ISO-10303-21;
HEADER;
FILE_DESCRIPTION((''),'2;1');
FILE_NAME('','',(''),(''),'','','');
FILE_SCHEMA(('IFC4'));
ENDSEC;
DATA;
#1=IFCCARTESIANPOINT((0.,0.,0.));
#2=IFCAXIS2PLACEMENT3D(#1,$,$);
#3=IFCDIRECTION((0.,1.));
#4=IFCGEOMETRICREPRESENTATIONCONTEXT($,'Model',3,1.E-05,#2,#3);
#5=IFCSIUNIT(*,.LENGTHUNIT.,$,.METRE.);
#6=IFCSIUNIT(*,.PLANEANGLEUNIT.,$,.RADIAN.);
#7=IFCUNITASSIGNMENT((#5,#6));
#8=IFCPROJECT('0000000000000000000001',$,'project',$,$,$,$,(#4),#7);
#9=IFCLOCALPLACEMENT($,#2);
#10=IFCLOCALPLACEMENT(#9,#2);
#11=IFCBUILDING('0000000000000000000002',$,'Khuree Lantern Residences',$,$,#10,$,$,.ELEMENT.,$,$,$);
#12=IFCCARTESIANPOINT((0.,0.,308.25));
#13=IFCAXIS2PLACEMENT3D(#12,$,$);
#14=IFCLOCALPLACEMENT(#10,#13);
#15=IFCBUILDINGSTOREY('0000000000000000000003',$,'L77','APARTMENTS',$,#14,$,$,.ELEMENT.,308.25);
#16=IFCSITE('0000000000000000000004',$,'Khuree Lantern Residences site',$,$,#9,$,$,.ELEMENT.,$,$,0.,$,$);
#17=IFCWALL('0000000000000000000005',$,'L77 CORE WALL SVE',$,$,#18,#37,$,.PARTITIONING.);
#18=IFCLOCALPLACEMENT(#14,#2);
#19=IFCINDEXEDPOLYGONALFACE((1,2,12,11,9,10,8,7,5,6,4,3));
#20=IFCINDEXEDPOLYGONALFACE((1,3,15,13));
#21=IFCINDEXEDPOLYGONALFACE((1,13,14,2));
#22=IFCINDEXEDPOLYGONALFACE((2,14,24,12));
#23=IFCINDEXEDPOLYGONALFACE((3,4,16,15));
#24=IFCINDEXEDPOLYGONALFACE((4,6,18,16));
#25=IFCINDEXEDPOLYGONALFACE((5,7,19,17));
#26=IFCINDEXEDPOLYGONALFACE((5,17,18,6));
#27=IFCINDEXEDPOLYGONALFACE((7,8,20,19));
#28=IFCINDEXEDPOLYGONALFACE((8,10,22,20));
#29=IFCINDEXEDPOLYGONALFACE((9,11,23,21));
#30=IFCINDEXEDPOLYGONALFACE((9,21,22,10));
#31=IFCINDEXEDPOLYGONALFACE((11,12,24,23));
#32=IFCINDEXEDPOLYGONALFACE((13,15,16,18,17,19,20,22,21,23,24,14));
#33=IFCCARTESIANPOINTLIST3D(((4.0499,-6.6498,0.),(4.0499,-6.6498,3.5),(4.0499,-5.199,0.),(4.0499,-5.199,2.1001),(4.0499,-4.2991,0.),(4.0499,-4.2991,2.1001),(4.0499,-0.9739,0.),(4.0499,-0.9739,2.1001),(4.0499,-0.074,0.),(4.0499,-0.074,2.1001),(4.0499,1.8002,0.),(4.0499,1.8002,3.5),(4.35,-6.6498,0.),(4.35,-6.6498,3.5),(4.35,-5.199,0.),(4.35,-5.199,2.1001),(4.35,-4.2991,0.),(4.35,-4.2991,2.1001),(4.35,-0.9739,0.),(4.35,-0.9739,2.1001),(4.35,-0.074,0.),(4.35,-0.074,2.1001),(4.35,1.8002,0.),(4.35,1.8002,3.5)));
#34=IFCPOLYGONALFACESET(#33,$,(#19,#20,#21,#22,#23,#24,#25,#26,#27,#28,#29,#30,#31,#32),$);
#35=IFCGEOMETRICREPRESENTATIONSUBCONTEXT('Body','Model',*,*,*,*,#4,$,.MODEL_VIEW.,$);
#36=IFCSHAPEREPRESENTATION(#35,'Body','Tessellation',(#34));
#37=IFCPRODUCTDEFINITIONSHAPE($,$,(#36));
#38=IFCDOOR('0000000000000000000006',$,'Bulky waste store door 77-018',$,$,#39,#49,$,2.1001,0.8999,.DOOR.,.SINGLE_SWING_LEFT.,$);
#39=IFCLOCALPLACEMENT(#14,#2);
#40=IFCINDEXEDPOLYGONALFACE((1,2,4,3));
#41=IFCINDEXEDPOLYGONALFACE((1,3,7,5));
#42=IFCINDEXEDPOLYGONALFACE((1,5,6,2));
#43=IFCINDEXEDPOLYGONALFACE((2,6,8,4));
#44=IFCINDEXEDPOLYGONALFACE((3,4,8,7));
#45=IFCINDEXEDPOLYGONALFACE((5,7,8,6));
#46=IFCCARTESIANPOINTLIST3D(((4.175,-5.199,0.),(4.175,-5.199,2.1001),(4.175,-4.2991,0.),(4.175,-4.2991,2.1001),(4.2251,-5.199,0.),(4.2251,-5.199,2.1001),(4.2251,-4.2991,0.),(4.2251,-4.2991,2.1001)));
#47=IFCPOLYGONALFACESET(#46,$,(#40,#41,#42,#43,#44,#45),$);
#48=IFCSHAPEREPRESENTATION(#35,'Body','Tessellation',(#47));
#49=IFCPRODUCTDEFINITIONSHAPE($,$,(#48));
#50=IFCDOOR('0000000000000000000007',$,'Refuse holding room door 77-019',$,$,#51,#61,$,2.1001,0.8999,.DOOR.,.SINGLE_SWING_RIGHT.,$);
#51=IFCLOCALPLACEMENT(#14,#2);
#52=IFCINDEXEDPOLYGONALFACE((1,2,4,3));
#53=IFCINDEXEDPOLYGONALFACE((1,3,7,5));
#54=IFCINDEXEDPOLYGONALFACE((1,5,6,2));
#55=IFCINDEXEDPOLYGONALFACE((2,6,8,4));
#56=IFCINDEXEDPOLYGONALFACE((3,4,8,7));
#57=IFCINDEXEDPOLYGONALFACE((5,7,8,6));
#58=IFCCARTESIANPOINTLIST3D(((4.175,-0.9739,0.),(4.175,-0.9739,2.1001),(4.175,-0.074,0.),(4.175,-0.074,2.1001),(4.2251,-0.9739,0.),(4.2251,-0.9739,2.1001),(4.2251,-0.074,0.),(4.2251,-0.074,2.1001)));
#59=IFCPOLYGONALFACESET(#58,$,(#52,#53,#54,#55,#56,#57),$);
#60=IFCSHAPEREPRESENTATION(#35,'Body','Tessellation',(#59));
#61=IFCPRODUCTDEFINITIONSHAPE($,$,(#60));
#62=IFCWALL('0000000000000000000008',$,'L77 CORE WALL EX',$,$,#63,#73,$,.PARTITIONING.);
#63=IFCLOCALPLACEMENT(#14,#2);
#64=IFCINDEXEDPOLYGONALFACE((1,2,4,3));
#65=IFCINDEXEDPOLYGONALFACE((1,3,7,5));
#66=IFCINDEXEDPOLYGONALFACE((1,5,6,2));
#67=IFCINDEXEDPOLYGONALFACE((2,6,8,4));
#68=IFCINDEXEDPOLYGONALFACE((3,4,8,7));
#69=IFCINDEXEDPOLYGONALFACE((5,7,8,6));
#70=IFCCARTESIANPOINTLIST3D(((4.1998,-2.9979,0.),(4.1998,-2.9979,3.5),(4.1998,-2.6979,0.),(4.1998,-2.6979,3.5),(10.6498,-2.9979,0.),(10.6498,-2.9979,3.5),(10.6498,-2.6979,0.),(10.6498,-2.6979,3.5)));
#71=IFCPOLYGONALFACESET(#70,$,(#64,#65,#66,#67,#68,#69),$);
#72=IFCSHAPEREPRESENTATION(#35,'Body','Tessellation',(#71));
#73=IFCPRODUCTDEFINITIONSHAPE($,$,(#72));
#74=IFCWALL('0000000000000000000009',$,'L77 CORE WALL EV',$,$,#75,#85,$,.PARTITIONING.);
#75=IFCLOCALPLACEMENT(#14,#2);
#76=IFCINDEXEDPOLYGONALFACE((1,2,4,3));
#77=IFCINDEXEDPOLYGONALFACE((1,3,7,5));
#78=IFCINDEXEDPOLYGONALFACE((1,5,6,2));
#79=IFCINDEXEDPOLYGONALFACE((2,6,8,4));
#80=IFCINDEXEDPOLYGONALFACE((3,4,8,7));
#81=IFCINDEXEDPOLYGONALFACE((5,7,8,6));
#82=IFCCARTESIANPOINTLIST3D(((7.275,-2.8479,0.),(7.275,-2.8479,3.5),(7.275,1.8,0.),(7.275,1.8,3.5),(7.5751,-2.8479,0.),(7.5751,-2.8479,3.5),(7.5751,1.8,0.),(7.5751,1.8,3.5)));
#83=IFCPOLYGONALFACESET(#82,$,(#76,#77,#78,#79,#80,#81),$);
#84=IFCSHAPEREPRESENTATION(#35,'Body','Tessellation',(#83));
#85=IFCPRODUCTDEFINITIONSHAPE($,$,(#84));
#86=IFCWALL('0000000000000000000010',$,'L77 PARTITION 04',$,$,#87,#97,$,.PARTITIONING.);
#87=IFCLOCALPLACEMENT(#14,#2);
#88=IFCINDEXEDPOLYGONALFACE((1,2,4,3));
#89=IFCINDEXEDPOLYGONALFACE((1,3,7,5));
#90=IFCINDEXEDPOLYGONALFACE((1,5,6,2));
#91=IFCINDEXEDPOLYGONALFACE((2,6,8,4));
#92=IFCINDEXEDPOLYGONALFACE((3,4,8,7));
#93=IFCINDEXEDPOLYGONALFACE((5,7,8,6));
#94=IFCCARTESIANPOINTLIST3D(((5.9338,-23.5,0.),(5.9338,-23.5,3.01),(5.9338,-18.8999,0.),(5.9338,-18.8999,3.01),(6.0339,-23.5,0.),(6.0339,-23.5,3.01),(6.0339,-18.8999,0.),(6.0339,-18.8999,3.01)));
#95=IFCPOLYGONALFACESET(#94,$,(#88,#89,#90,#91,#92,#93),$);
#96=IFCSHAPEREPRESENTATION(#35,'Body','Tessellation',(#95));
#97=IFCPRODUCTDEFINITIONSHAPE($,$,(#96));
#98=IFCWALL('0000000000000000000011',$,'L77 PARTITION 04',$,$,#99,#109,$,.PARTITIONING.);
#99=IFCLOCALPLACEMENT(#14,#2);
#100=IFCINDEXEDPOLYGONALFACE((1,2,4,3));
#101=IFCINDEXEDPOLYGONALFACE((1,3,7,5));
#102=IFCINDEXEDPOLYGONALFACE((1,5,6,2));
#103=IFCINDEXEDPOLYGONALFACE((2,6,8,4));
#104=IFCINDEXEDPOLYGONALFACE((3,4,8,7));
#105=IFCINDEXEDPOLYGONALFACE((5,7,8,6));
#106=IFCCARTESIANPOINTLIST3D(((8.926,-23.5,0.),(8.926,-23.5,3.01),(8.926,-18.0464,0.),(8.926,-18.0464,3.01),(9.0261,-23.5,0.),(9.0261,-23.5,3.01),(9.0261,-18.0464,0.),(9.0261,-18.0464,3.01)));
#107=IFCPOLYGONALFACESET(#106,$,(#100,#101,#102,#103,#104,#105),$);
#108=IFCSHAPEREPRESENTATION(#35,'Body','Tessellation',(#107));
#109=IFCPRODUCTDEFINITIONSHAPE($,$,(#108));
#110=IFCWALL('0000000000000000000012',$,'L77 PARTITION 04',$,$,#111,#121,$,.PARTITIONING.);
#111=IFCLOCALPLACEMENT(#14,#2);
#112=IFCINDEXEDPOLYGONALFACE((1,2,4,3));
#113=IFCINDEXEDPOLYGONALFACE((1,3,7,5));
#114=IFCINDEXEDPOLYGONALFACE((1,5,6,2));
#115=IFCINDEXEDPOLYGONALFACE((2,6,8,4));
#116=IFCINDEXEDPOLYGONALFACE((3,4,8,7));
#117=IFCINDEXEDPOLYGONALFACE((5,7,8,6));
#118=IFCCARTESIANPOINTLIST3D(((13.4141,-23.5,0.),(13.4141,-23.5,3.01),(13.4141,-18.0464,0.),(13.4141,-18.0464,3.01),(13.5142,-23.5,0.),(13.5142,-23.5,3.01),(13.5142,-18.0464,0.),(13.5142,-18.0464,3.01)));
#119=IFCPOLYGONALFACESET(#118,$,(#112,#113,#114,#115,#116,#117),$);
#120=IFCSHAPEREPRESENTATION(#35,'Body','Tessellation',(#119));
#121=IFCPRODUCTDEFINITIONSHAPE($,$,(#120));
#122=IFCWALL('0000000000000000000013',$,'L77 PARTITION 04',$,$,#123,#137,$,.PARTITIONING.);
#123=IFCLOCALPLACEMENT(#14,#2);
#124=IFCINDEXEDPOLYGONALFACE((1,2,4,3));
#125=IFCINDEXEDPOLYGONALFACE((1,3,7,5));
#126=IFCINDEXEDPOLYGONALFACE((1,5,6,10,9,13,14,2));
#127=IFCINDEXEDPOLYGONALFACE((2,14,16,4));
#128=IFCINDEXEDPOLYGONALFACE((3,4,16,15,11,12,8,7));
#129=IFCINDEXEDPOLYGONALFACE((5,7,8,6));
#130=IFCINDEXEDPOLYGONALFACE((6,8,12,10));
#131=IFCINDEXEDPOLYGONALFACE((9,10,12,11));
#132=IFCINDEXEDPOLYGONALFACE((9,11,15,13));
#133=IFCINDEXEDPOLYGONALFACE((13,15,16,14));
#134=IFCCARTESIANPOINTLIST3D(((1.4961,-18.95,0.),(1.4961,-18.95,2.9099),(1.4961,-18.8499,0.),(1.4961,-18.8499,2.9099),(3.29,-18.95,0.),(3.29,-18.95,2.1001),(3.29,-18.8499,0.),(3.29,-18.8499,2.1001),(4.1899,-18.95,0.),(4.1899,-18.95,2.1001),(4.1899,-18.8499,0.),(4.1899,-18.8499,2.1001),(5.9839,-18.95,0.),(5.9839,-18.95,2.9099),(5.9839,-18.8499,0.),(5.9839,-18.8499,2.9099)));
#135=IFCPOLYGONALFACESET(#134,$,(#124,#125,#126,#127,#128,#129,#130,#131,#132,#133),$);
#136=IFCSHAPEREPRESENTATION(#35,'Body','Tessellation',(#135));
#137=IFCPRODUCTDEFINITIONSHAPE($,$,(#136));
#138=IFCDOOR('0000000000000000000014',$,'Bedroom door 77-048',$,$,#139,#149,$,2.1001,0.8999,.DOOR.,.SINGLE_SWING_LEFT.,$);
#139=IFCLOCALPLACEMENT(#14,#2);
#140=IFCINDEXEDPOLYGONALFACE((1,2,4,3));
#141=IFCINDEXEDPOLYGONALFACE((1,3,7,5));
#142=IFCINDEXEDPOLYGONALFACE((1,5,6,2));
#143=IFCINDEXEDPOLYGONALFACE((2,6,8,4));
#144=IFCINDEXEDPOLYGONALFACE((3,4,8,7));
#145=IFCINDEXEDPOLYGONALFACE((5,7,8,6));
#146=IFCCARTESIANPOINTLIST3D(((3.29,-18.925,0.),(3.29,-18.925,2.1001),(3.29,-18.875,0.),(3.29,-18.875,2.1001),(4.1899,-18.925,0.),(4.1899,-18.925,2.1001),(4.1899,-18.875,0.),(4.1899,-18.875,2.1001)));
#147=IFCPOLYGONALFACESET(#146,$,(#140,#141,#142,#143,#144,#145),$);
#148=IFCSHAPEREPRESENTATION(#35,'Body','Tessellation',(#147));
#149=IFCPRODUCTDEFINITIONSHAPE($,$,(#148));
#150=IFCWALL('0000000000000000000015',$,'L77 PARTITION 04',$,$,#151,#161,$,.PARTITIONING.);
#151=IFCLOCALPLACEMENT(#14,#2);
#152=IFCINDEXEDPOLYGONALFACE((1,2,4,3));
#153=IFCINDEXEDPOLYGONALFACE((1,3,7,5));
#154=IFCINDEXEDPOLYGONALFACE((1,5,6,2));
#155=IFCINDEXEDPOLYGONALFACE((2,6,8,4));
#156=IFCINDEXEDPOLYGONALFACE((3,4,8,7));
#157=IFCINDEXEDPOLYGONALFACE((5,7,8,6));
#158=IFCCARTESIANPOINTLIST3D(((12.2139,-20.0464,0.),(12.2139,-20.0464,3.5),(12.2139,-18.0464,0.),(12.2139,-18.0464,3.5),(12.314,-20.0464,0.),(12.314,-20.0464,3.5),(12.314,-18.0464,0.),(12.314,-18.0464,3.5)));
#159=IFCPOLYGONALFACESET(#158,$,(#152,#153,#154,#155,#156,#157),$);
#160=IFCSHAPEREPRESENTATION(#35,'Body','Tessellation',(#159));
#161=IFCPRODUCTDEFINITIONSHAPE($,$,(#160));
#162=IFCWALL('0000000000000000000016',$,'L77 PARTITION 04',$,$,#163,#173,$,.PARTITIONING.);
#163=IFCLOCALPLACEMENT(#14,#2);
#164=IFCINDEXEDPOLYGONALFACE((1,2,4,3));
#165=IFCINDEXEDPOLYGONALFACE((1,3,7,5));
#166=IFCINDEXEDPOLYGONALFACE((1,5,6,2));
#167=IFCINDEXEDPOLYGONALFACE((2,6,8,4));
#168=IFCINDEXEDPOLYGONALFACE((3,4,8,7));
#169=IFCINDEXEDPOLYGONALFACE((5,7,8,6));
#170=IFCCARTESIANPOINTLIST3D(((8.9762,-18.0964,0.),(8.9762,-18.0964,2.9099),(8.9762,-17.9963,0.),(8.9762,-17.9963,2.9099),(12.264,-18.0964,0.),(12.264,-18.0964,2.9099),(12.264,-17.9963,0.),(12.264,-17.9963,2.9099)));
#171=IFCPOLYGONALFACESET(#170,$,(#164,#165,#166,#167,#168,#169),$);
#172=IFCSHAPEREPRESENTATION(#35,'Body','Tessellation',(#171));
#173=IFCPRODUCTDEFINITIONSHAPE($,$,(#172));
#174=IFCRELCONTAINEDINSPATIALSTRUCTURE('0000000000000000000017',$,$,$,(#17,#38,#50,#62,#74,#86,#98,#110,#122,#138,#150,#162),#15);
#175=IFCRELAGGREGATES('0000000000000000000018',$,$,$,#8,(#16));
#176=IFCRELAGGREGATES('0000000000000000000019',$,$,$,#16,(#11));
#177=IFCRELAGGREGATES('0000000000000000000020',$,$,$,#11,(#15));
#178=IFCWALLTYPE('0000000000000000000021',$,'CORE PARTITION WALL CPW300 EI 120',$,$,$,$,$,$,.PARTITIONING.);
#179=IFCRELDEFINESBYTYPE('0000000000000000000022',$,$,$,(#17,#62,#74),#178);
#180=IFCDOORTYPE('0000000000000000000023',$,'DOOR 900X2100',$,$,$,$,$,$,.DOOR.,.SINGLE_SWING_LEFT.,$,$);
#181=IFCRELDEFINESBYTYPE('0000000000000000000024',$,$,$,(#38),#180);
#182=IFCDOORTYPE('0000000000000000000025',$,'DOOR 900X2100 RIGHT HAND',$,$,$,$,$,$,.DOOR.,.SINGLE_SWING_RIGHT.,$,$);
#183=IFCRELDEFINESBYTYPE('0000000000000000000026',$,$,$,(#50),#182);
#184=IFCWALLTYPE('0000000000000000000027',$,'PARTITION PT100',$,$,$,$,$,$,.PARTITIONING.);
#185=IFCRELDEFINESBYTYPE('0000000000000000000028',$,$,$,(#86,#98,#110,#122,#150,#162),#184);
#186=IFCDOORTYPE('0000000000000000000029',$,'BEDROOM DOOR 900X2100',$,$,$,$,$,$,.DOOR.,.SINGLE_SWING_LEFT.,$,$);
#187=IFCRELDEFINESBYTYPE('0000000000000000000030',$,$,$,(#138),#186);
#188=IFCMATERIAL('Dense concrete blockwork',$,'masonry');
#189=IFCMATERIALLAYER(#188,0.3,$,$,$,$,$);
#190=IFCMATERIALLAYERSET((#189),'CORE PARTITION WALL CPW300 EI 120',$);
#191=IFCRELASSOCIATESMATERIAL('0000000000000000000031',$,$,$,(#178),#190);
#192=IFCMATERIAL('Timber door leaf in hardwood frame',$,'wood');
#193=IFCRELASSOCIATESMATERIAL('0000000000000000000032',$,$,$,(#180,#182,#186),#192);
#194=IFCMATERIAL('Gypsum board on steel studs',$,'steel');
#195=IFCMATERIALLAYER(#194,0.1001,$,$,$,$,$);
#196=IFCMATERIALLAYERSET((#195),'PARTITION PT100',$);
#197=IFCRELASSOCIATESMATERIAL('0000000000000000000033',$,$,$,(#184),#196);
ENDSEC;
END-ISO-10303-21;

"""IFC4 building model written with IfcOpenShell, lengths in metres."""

from ifc_helpers import new_model, si_unit, direction, frame, frame_2d, origin, place, context, subcontext, project, spatial, rectangle, extrude, material, layer, layer_set, type_object, element, fill, save


model = new_model("IFC4")

# Units and contexts
model_context = context("Model", 3, precision=1e-05, world=origin(), true_north=direction((0.0, 1.0)))
body_context = subcontext(model_context, "Body", "Model", "MODEL_VIEW")
ifc_project = project(units=[si_unit("LENGTHUNIT", "METRE"), si_unit("PLANEANGLEUNIT", "RADIAN")], contexts=[model_context])

# Site, building, storey
site_placement = place(None, origin())
site = spatial("IfcSite", under=ifc_project, at=site_placement, Name="Khuree Lantern Residences site", CompositionType="ELEMENT", RefElevation=0.0)
building_placement = place(site_placement, origin())
building = spatial("IfcBuilding", under=site, at=building_placement, Name="Khuree Lantern Residences", CompositionType="ELEMENT")
storey_placement = place(building_placement, frame((0.0, 0.0, 308.25)))
storey = spatial("IfcBuildingStorey", under=building, at=storey_placement, Name="L77", Description="APARTMENTS", CompositionType="ELEMENT", Elevation=308.25)

# Shared definitions
ifc_material_1 = material(Name="Dense concrete blockwork", Category="masonry")
ifc_layer_1 = layer(ifc_material_1, 0.3)
ifc_layer_set_1 = layer_set([ifc_layer_1], Name="CORE PARTITION WALL CPW300 EI 120")
wall_type_1 = type_object("IfcWallType", Name="CORE PARTITION WALL CPW300 EI 120", PredefinedType="PARTITIONING", material=ifc_layer_set_1)

# Wall, openings, doors
wall_1_placement = place(storey_placement, frame((4.2, -6.6499, 0.0), z_axis=(0.0, 0.0, 1.0), x_axis=(0.0, 1.0, 0.0)))
wall_1 = element("IfcWall", 1, at=wall_1_placement, inside=storey, type_object=wall_type_1, Name="L77 CORE WALL SVE", PredefinedType="PARTITIONING", context=body_context, shape_type="SweptSolid", body=[
    extrude(rectangle(XDim=8.45, YDim=0.3, at=frame_2d((4.2251, 0.0))), origin(), (0.0, 0.0, 1.0), 3.5),
])
opening_1_placement = place(wall_1_placement, frame((1.4509, 0.0, 0.0)))
opening_1 = element("IfcOpeningElement", 2, at=opening_1_placement, cuts=wall_1, PredefinedType="OPENING", context=body_context, shape_type="SweptSolid", body=[
    extrude(rectangle(XDim=0.8999, YDim=2.1001, at=frame_2d((0.45, 1.05))), frame((0.0, 0.1602, 0.0), z_axis=(0.0, -1.0, 0.0), x_axis=(1.0, 0.0, 0.0)), (0.0, 0.0, 1.0), 0.3201),
])
opening_2_placement = place(wall_1_placement, frame((5.676, 0.0, 0.0)))
opening_2 = element("IfcOpeningElement", 3, at=opening_2_placement, cuts=wall_1, PredefinedType="OPENING", context=body_context, shape_type="SweptSolid", body=[
    extrude(rectangle(XDim=0.8999, YDim=2.1001, at=frame_2d((0.45, 1.05))), frame((0.0, 0.1602, 0.0), z_axis=(0.0, -1.0, 0.0), x_axis=(1.0, 0.0, 0.0)), (0.0, 0.0, 1.0), 0.3201),
])
ifc_material_2 = material(Name="Timber door leaf in hardwood frame", Category="wood")
door_type_1 = type_object("IfcDoorType", Name="DOOR 900X2100", OperationType="SINGLE_SWING_LEFT", PredefinedType="DOOR", material=ifc_material_2)
door_1_placement = place(opening_1_placement, origin())
door_1 = element("IfcDoor", 4, at=door_1_placement, inside=storey, type_object=door_type_1, Name="Bulky waste store door 77-018", OperationType="SINGLE_SWING_LEFT", OverallHeight=2.1001, OverallWidth=0.8999, PredefinedType="DOOR", context=body_context, shape_type="SweptSolid", body=[
    extrude(rectangle(XDim=0.8999, YDim=2.1001, at=frame_2d((0.45, 1.05))), frame((0.0, 0.0249, 0.0), z_axis=(0.0, -1.0, 0.0), x_axis=(1.0, 0.0, 0.0)), (0.0, 0.0, 1.0), 0.05),
])
fill(opening_1, door_1)
door_type_2 = type_object("IfcDoorType", Name="DOOR 900X2100 RIGHT HAND", OperationType="SINGLE_SWING_RIGHT", PredefinedType="DOOR", material=ifc_material_2)
door_2_placement = place(opening_2_placement, origin())
door_2 = element("IfcDoor", 5, at=door_2_placement, inside=storey, type_object=door_type_2, Name="Refuse holding room door 77-019", OperationType="SINGLE_SWING_RIGHT", OverallHeight=2.1001, OverallWidth=0.8999, PredefinedType="DOOR", context=body_context, shape_type="SweptSolid", body=[
    extrude(rectangle(XDim=0.8999, YDim=2.1001, at=frame_2d((0.45, 1.05))), frame((0.0, 0.0249, 0.0), z_axis=(0.0, -1.0, 0.0), x_axis=(1.0, 0.0, 0.0)), (0.0, 0.0, 1.0), 0.05),
])
fill(opening_2, door_2)

# Walls
wall_2_placement = place(storey_placement, frame((10.6499, -2.8479, 0.0), z_axis=(0.0, 0.0, 1.0), x_axis=(-1.0, 0.0, 0.0)))
element("IfcWall", 6, at=wall_2_placement, inside=storey, type_object=wall_type_1, Name="L77 CORE WALL EX", PredefinedType="PARTITIONING", context=body_context, shape_type="SweptSolid", body=[
    extrude(rectangle(XDim=6.45, YDim=0.3, at=frame_2d((3.2251, 0.0))), origin(), (0.0, 0.0, 1.0), 3.5),
])
wall_3_placement = place(storey_placement, frame((7.425, -2.8479, 0.0), z_axis=(0.0, 0.0, 1.0), x_axis=(0.0, 1.0, 0.0)))
element("IfcWall", 7, at=wall_3_placement, inside=storey, type_object=wall_type_1, Name="L77 CORE WALL EV", PredefinedType="PARTITIONING", context=body_context, shape_type="SweptSolid", body=[
    extrude(rectangle(XDim=4.6479, YDim=0.3, at=frame_2d((2.324, 0.0))), origin(), (0.0, 0.0, 1.0), 3.5),
])
ifc_material_3 = material(Name="Gypsum board on steel studs", Category="steel")
ifc_layer_2 = layer(ifc_material_3, 0.1001)
ifc_layer_set_2 = layer_set([ifc_layer_2], Name="PARTITION PT100")
wall_type_2 = type_object("IfcWallType", Name="PARTITION PT100", PredefinedType="PARTITIONING", material=ifc_layer_set_2)
wall_4_placement = place(storey_placement, frame((5.9839, -18.8999, 0.0), z_axis=(0.0, 0.0, 1.0), x_axis=(0.0, -1.0, 0.0)))
element("IfcWall", 8, at=wall_4_placement, inside=storey, type_object=wall_type_2, Name="L77 PARTITION 04", PredefinedType="PARTITIONING", context=body_context, shape_type="SweptSolid", body=[
    extrude(rectangle(XDim=4.6001, YDim=0.1001, at=frame_2d((2.3, 0.0))), origin(), (0.0, 0.0, 1.0), 3.01),
])
for number, where, z_axis, x_axis, name in (
    (9, (8.9761, -18.0464, 0.0), (0.0, 0.0, 1.0), (0.0, -1.0, 0.0), "L77 PARTITION 04"),
    (10, (13.4641, -18.0464, 0.0), (0.0, 0.0, 1.0), (0.0, -1.0, 0.0), "L77 PARTITION 04"),
):
    element("IfcWall", number, at=place(storey_placement, frame(where, z_axis=z_axis, x_axis=x_axis)), inside=storey, type_object=wall_type_2, Name=name, PredefinedType="PARTITIONING", context=body_context, shape_type="SweptSolid", body=[
        extrude(rectangle(XDim=5.4536, YDim=0.1001, at=frame_2d((2.7268, 0.0))), origin(), (0.0, 0.0, 1.0), 3.01),
    ])

# Wall, opening, door
wall_5_placement = place(storey_placement, frame((1.4961, -18.8999, 0.0), z_axis=(0.0, 0.0, 1.0), x_axis=(1.0, 0.0, 0.0)))
wall_5 = element("IfcWall", 11, at=wall_5_placement, inside=storey, type_object=wall_type_2, Name="L77 PARTITION 04", PredefinedType="PARTITIONING", context=body_context, shape_type="SweptSolid", body=[
    extrude(rectangle(XDim=4.4878, YDim=0.1001, at=frame_2d((2.2439, 0.0))), origin(), (0.0, 0.0, 1.0), 2.9099),
])
opening_3_placement = place(wall_5_placement, frame((1.7939, 0.0, 0.0)))
opening_3 = element("IfcOpeningElement", 12, at=opening_3_placement, cuts=wall_5, PredefinedType="OPENING", context=body_context, shape_type="SweptSolid", body=[
    extrude(rectangle(XDim=0.8999, YDim=2.1001, at=frame_2d((0.45, 1.05))), frame((0.0, 0.0601, 0.0), z_axis=(0.0, -1.0, 0.0), x_axis=(1.0, 0.0, 0.0)), (0.0, 0.0, 1.0), 0.1201),
])
door_type_3 = type_object("IfcDoorType", Name="BEDROOM DOOR 900X2100", OperationType="SINGLE_SWING_LEFT", PredefinedType="DOOR", material=ifc_material_2)
door_3_placement = place(opening_3_placement, origin())
door_3 = element("IfcDoor", 13, at=door_3_placement, inside=storey, type_object=door_type_3, Name="Bedroom door 77-048", OperationType="SINGLE_SWING_LEFT", OverallHeight=2.1001, OverallWidth=0.8999, PredefinedType="DOOR", context=body_context, shape_type="SweptSolid", body=[
    extrude(rectangle(XDim=0.8999, YDim=2.1001, at=frame_2d((0.45, 1.05))), frame((0.0, 0.0249, 0.0), z_axis=(0.0, -1.0, 0.0), x_axis=(1.0, 0.0, 0.0)), (0.0, 0.0, 1.0), 0.05),
])
fill(opening_3, door_3)

# Walls
wall_6_placement = place(storey_placement, frame((12.2639, -18.0464, 0.0), z_axis=(0.0, 0.0, 1.0), x_axis=(0.0, -1.0, 0.0)))
element("IfcWall", 14, at=wall_6_placement, inside=storey, type_object=wall_type_2, Name="L77 PARTITION 04", PredefinedType="PARTITIONING", context=body_context, shape_type="SweptSolid", body=[
    extrude(rectangle(XDim=2.0, YDim=0.1001, at=frame_2d((1.0, 0.0))), origin(), (0.0, 0.0, 1.0), 3.5),
])
wall_7_placement = place(storey_placement, frame((8.9761, -18.0464, 0.0), z_axis=(0.0, 0.0, 1.0), x_axis=(1.0, 0.0, 0.0)))
element("IfcWall", 15, at=wall_7_placement, inside=storey, type_object=wall_type_2, Name="L77 PARTITION 04", PredefinedType="PARTITIONING", context=body_context, shape_type="SweptSolid", body=[
    extrude(rectangle(XDim=3.2878, YDim=0.1001, at=frame_2d((1.644, 0.0))), origin(), (0.0, 0.0, 1.0), 2.9099),
])

save(model, "model.ifc")
